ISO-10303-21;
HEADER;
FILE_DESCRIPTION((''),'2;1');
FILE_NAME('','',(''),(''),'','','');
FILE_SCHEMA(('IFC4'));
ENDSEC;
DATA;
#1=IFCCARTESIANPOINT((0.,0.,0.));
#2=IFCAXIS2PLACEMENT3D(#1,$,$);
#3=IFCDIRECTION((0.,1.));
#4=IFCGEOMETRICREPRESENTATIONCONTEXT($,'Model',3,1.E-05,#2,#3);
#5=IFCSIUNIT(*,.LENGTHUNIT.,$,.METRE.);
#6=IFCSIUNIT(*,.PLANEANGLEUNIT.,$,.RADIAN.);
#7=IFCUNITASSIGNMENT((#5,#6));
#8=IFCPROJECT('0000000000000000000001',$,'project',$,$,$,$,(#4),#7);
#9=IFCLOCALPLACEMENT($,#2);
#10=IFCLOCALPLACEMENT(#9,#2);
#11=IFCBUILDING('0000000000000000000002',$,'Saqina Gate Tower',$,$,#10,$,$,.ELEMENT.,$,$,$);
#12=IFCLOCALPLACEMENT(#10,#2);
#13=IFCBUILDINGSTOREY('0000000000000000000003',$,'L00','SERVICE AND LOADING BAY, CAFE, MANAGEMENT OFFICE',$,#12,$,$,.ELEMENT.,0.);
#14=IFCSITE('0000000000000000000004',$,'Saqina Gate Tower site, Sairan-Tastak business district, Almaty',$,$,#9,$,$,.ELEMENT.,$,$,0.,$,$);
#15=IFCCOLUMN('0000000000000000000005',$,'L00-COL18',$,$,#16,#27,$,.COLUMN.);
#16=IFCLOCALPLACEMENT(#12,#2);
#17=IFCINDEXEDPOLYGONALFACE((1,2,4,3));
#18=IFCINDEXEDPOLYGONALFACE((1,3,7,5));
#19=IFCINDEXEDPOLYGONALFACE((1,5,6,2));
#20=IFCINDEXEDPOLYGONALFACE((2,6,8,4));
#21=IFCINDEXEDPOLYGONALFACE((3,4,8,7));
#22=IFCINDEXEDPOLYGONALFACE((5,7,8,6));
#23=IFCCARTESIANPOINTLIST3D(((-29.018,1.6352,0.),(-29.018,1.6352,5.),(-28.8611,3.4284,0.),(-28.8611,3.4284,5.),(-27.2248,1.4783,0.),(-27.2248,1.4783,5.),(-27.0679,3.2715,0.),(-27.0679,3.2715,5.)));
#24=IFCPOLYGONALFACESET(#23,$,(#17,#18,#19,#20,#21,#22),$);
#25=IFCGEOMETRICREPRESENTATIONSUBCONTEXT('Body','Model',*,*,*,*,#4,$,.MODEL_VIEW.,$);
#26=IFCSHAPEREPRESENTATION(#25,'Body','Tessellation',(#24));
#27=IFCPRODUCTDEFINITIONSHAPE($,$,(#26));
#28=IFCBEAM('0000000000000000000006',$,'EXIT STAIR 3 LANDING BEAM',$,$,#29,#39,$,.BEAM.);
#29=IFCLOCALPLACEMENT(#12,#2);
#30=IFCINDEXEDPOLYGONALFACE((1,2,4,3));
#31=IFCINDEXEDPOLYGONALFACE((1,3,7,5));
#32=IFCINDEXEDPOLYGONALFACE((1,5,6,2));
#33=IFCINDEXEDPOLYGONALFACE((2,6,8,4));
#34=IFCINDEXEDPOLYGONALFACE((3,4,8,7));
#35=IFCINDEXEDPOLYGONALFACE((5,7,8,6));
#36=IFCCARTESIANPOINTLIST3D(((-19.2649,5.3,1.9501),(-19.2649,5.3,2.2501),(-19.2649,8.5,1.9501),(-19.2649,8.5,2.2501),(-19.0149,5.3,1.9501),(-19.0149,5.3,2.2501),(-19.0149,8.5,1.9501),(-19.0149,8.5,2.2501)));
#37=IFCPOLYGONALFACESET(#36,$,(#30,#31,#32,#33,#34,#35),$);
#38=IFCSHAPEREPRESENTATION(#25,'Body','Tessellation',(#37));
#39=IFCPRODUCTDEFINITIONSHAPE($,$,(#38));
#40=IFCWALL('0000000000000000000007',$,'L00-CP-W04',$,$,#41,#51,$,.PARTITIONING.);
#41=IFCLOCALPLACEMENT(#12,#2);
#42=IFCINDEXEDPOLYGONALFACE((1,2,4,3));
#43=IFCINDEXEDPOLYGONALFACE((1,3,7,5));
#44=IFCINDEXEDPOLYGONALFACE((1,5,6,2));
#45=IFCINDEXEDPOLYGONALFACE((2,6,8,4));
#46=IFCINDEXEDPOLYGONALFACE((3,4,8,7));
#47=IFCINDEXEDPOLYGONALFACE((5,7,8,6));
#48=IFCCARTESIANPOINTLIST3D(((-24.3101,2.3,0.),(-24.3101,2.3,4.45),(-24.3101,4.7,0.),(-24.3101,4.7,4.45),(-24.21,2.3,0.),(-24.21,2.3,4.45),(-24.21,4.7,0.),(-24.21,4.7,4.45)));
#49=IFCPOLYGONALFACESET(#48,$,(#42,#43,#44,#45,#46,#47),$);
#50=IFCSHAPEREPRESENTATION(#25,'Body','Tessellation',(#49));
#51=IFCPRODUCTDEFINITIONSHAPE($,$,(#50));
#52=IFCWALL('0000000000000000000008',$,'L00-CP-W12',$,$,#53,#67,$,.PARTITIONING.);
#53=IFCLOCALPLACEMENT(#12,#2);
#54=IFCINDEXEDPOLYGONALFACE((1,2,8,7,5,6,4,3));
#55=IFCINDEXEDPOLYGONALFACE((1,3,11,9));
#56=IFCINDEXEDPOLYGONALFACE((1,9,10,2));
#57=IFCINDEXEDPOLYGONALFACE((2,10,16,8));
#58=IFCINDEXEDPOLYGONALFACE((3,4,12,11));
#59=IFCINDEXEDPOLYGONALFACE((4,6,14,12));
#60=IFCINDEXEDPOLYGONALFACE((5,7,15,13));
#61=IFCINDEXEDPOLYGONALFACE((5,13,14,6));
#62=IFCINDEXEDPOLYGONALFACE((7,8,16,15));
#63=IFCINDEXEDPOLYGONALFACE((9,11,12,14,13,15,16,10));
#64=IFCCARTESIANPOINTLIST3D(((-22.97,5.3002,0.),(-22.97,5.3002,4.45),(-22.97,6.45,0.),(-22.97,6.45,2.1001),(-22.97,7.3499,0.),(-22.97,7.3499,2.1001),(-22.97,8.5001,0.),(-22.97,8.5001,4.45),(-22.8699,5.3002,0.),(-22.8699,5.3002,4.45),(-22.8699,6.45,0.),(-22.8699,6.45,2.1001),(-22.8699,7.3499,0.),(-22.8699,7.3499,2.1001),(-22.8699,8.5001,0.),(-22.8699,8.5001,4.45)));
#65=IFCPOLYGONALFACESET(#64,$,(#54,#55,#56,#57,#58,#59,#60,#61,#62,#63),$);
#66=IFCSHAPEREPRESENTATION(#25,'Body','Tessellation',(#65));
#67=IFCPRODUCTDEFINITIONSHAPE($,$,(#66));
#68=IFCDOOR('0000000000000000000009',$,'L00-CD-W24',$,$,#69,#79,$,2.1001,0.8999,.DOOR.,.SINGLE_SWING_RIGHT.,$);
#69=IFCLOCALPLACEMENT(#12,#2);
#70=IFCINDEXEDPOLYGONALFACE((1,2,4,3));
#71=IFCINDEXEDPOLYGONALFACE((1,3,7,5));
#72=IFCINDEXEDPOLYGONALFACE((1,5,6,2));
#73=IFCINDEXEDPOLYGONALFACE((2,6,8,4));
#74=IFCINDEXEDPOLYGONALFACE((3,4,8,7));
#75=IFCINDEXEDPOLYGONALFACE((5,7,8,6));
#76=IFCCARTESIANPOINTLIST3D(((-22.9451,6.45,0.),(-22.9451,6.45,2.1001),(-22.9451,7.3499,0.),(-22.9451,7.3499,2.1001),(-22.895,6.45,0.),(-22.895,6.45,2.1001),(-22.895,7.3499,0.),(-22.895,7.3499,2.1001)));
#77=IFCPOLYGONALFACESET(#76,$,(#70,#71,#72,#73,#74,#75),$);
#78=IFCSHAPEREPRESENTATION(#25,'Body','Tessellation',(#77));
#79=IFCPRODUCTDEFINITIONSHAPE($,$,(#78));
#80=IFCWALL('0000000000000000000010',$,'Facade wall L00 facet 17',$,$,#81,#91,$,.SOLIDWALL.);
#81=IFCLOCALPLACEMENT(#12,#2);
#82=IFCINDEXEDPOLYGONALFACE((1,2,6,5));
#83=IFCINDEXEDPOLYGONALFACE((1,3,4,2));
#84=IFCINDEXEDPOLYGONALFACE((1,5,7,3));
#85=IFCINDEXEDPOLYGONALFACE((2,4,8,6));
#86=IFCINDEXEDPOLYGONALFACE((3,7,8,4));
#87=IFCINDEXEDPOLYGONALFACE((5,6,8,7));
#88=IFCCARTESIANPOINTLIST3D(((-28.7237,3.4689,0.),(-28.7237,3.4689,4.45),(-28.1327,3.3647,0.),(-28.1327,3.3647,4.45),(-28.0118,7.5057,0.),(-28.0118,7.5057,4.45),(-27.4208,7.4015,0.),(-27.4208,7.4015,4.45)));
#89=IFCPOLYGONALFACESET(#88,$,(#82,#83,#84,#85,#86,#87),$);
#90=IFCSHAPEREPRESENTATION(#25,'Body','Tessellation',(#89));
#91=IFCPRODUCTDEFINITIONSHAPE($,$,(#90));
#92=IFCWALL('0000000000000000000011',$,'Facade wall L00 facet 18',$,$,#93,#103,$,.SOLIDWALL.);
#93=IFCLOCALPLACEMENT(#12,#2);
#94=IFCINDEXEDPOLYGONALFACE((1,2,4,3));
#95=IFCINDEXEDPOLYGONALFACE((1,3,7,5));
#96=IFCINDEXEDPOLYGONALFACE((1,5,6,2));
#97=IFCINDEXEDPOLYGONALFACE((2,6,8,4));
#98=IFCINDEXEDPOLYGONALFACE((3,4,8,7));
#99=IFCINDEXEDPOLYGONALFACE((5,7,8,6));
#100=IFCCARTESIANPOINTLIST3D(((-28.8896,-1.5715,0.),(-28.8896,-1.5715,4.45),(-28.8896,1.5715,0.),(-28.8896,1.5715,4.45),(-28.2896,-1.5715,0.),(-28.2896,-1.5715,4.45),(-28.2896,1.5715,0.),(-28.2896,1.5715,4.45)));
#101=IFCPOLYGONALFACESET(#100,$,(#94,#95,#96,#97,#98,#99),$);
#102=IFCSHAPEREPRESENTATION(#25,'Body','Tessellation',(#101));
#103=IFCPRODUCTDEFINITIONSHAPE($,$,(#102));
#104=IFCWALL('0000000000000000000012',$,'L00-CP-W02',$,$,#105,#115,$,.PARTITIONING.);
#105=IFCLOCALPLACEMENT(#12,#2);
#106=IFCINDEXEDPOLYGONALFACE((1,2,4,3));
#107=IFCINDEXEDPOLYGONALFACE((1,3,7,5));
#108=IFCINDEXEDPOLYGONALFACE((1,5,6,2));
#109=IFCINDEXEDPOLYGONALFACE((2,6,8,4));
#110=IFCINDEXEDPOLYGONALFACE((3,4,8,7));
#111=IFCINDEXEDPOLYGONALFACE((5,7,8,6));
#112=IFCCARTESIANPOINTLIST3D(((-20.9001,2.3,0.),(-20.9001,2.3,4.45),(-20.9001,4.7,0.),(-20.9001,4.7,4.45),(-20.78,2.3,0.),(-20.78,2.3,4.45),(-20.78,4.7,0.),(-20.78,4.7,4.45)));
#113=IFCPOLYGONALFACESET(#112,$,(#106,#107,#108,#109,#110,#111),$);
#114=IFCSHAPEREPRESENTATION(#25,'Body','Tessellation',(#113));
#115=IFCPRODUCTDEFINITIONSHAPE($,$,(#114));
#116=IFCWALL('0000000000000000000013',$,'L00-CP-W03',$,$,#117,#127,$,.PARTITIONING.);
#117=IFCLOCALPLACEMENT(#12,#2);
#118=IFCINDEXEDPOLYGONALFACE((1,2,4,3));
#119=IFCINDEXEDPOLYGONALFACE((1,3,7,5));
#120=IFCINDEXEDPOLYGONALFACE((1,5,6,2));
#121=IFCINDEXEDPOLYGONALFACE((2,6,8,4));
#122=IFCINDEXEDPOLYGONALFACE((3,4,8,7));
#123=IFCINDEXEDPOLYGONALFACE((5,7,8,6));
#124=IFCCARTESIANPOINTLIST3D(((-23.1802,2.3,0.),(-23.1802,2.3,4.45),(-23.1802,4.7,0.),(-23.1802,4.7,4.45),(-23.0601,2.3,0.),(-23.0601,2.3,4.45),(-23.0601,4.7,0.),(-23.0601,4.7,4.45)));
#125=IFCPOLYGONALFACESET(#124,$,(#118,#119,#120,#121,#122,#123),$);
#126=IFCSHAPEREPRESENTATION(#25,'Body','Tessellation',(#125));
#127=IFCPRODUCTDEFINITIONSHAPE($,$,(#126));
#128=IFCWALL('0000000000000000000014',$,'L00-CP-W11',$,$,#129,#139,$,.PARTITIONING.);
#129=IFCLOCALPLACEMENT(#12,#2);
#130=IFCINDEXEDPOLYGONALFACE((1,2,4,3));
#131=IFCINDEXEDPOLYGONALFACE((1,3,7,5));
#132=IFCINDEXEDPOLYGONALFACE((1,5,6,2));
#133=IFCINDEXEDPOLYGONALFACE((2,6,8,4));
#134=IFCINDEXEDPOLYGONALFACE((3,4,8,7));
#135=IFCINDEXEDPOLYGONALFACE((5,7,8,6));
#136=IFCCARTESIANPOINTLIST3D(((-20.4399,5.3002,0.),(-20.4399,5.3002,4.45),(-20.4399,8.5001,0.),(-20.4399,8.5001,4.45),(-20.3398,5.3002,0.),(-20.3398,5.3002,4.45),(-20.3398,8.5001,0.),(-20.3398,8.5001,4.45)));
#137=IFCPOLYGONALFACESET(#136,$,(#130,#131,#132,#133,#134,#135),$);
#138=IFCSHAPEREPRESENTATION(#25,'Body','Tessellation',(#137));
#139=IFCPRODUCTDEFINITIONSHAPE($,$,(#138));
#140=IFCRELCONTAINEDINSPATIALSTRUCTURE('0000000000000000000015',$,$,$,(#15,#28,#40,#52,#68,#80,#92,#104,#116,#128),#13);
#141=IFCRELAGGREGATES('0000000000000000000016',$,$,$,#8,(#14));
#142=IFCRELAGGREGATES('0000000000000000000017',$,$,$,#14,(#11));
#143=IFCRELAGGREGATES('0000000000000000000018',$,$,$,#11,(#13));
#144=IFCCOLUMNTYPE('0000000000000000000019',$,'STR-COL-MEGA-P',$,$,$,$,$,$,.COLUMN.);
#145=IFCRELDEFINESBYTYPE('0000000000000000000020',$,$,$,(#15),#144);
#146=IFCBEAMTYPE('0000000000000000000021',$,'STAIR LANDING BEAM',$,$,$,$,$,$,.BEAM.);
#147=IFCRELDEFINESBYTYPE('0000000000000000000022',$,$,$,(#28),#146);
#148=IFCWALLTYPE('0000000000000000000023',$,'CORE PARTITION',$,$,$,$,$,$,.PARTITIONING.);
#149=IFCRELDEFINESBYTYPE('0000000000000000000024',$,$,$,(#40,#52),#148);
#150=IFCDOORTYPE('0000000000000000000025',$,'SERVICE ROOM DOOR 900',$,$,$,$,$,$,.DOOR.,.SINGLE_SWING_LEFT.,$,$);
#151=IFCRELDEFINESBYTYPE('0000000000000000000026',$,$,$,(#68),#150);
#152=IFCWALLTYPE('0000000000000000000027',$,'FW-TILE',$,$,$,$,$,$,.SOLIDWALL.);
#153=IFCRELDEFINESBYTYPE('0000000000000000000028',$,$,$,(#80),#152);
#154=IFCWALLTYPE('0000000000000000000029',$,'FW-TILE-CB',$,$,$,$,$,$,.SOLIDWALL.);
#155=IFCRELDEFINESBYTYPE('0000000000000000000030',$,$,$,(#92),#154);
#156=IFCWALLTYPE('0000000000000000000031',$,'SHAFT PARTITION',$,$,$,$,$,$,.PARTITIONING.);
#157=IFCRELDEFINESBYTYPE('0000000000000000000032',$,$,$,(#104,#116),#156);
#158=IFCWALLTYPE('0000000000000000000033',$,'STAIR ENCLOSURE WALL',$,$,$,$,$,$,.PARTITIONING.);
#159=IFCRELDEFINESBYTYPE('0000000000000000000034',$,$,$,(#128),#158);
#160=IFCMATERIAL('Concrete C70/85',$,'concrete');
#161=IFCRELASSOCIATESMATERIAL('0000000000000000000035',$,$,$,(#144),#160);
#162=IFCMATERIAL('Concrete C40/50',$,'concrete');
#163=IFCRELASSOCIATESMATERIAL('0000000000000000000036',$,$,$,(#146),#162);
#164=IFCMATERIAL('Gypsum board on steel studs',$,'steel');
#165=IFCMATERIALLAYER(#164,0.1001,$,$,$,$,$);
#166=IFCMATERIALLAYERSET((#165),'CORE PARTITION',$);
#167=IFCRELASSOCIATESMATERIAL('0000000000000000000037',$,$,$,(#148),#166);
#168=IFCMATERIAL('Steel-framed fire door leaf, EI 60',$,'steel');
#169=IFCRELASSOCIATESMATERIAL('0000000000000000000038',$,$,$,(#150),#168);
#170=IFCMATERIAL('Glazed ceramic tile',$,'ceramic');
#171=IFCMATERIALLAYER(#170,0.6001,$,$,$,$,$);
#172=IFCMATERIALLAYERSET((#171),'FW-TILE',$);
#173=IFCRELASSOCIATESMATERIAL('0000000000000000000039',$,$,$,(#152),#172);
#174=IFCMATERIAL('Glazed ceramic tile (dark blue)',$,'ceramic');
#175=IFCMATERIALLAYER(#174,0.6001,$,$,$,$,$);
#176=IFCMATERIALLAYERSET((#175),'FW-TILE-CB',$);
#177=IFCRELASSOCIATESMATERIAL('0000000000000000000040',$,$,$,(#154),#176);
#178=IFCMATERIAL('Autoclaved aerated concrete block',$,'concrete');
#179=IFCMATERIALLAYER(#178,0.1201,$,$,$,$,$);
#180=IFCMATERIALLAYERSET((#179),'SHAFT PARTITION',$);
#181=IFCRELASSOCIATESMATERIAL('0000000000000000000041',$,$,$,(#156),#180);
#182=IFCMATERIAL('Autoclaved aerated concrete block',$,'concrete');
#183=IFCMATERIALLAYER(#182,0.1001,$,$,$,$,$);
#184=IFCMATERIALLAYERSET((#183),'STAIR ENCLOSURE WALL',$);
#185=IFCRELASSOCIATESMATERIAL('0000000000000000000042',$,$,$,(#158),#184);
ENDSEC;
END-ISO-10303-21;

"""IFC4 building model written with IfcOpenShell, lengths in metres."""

from ifc_helpers import new_model, si_unit, direction, frame, frame_2d, origin, origin_2d, place, context, subcontext, project, spatial, rectangle, extrude, material, layer, layer_set, material_profile, profile_set, type_object, element, fill, save


model = new_model("IFC4")

# Units and contexts
model_context = context("Model", 3, precision=1e-05, world=origin(), true_north=direction((0.0, 1.0)))
body_context = subcontext(model_context, "Body", "Model", "MODEL_VIEW")
ifc_project = project(units=[si_unit("LENGTHUNIT", "METRE"), si_unit("PLANEANGLEUNIT", "RADIAN")], contexts=[model_context])

# Site, building, storey
site_placement = place(None, origin())
site = spatial("IfcSite", under=ifc_project, at=site_placement, Name="Saqina Gate Tower site, Sairan-Tastak business district, Almaty", CompositionType="ELEMENT", RefElevation=0.0)
building_placement = place(site_placement, origin())
building = spatial("IfcBuilding", under=site, at=building_placement, Name="Saqina Gate Tower", CompositionType="ELEMENT")
storey_placement = place(building_placement, origin())
storey = spatial("IfcBuildingStorey", under=building, at=storey_placement, Name="L00", Description="SERVICE AND LOADING BAY, CAFE, MANAGEMENT OFFICE", CompositionType="ELEMENT", Elevation=0.0)

# Column
ifc_material_1 = material(Name="Concrete C70/85", Category="concrete")
ifc_material_profile_1 = material_profile(ifc_material_1, rectangle(XDim=1.8, YDim=1.8, at=origin_2d()), Name="RC 1800x1800")
ifc_profile_set_1 = profile_set([ifc_material_profile_1], Name="Concrete C70/85")
column_type = type_object("IfcColumnType", Name="STR-COL-MEGA-P", PredefinedType="COLUMN", material=ifc_profile_set_1)
column_placement = place(storey_placement, frame((-28.043, 2.4534, 0.0), z_axis=(0.0, 0.0, 1.0), x_axis=(-0.996195, 0.087156, 0.0)))
element("IfcColumn", 1, at=column_placement, inside=storey, type_object=column_type, Name="L00-COL18", PredefinedType="COLUMN", context=body_context, shape_type="SweptSolid", body=[
    extrude(rectangle(XDim=1.8, YDim=1.8, at=origin_2d()), origin(), (0.0, 0.0, 1.0), 5.0),
])

# Beam
ifc_material_2 = material(Name="Concrete C40/50", Category="concrete")
ifc_material_profile_2 = material_profile(ifc_material_2, rectangle(XDim=0.25, YDim=0.3, at=origin_2d()), Name="STAIR LANDING BEAM")
ifc_profile_set_2 = profile_set([ifc_material_profile_2], Name="Concrete C40/50")
beam_type = type_object("IfcBeamType", Name="STAIR LANDING BEAM", PredefinedType="BEAM", material=ifc_profile_set_2)
beam_placement = place(storey_placement, frame((-19.1399, 5.3, 2.1001), z_axis=(0.0, 1.0, 0.0), x_axis=(-1.0, 0.0, 0.0)))
element("IfcBeam", 2, at=beam_placement, inside=storey, type_object=beam_type, Name="EXIT STAIR 3 LANDING BEAM", PredefinedType="BEAM", context=body_context, shape_type="SweptSolid", body=[
    extrude(rectangle(XDim=0.25, YDim=0.3, at=origin_2d()), origin(), (0.0, 0.0, 1.0), 3.2),
])

# Wall
ifc_material_3 = material(Name="Gypsum board on steel studs", Category="steel")
ifc_layer_1 = layer(ifc_material_3, 0.1001)
ifc_layer_set_1 = layer_set([ifc_layer_1], Name="CORE PARTITION")
wall_type_1 = type_object("IfcWallType", Name="CORE PARTITION", PredefinedType="PARTITIONING", material=ifc_layer_set_1)
wall_1_placement = place(storey_placement, frame((-24.26, 2.3, 0.0), z_axis=(0.0, 0.0, 1.0), x_axis=(0.0, 1.0, 0.0)))
element("IfcWall", 3, at=wall_1_placement, inside=storey, type_object=wall_type_1, Name="L00-CP-W04", PredefinedType="PARTITIONING", context=body_context, shape_type="SweptSolid", body=[
    extrude(rectangle(XDim=2.3999, YDim=0.1001, at=frame_2d((1.2, 0.0))), origin(), (0.0, 0.0, 1.0), 4.45),
])

# Wall, opening, door
wall_2_placement = place(storey_placement, frame((-22.9199, 5.3, 0.0), z_axis=(0.0, 0.0, 1.0), x_axis=(0.0, 1.0, 0.0)))
wall_2 = element("IfcWall", 4, at=wall_2_placement, inside=storey, type_object=wall_type_1, Name="L00-CP-W12", PredefinedType="PARTITIONING", context=body_context, shape_type="SweptSolid", body=[
    extrude(rectangle(XDim=3.2, YDim=0.1001, at=frame_2d((1.6001, 0.0))), origin(), (0.0, 0.0, 1.0), 4.45),
])
opening_placement = place(wall_2_placement, frame((1.1499, 0.0, 0.0)))
opening = element("IfcOpeningElement", 5, at=opening_placement, cuts=wall_2, PredefinedType="OPENING", context=body_context, shape_type="SweptSolid", body=[
    extrude(rectangle(XDim=0.8999, YDim=2.1001, at=frame_2d((0.45, 1.05))), frame((0.0, 0.062, 0.0), z_axis=(0.0, -1.0, 0.0), x_axis=(1.0, 0.0, 0.0)), (0.0, 0.0, 1.0), 0.124),
])
ifc_material_4 = material(Name="Steel-framed fire door leaf, EI 60", Category="steel")
door_type = type_object("IfcDoorType", Name="SERVICE ROOM DOOR 900", OperationType="SINGLE_SWING_LEFT", PredefinedType="DOOR", material=ifc_material_4)
door_placement = place(opening_placement, frame((0.8999, 0.0, 0.0), z_axis=(0.0, 0.0, 1.0), x_axis=(-1.0, 0.0, 0.0)))
door = element("IfcDoor", 6, at=door_placement, inside=storey, type_object=door_type, Name="L00-CD-W24", OperationType="SINGLE_SWING_RIGHT", OverallHeight=2.1001, OverallWidth=0.8999, PredefinedType="DOOR", context=body_context, shape_type="SweptSolid", body=[
    extrude(rectangle(XDim=0.8999, YDim=2.1001, at=frame_2d((0.45, 1.05))), frame((0.0, 0.0249, 0.0), z_axis=(0.0, -1.0, 0.0), x_axis=(1.0, 0.0, 0.0)), (0.0, 0.0, 1.0), 0.05),
])
fill(opening, door)

# Walls
ifc_material_5 = material(Name="Glazed ceramic tile", Category="ceramic")
ifc_layer_2 = layer(ifc_material_5, 0.6001)
ifc_layer_set_2 = layer_set([ifc_layer_2], Name="FW-TILE")
wall_type_2 = type_object("IfcWallType", Name="FW-TILE", PredefinedType="SOLIDWALL", material=ifc_layer_set_2)
wall_3_placement = place(storey_placement, frame((-27.7163, 7.4536, 0.0), z_axis=(0.0, 0.0, 1.0), x_axis=(-0.173673, -0.984803, 0.0)))
element("IfcWall", 7, at=wall_3_placement, inside=storey, type_object=wall_type_2, Name="Facade wall L00 facet 17", PredefinedType="SOLIDWALL", context=body_context, shape_type="SweptSolid", body=[
    extrude(rectangle(XDim=4.0991, YDim=0.6001, at=frame_2d((2.0496, 0.0))), origin(), (0.0, 0.0, 1.0), 4.45),
])
ifc_material_6 = material(Name="Glazed ceramic tile (dark blue)", Category="ceramic")
ifc_layer_3 = layer(ifc_material_6, 0.6001)
ifc_layer_set_3 = layer_set([ifc_layer_3], Name="FW-TILE-CB")
wall_type_3 = type_object("IfcWallType", Name="FW-TILE-CB", PredefinedType="SOLIDWALL", material=ifc_layer_set_3)
wall_4_placement = place(storey_placement, frame((-28.5896, 1.5715, 0.0), z_axis=(0.0, 0.0, 1.0), x_axis=(0.0, -1.0, 0.0)))
element("IfcWall", 8, at=wall_4_placement, inside=storey, type_object=wall_type_3, Name="Facade wall L00 facet 18", PredefinedType="SOLIDWALL", context=body_context, shape_type="SweptSolid", body=[
    extrude(rectangle(XDim=3.1431, YDim=0.6001, at=frame_2d((1.5715, 0.0))), origin(), (0.0, 0.0, 1.0), 4.45),
])
ifc_material_7 = material(Name="Autoclaved aerated concrete block", Category="concrete")
ifc_layer_4 = layer(ifc_material_7, 0.1201)
ifc_layer_set_4 = layer_set([ifc_layer_4], Name="SHAFT PARTITION")
wall_type_4 = type_object("IfcWallType", Name="SHAFT PARTITION", PredefinedType="PARTITIONING", material=ifc_layer_set_4)
for number, where, z_axis, x_axis, name in (
    (9, (-20.8401, 2.3, 0.0), (0.0, 0.0, 1.0), (0.0, 1.0, 0.0), "L00-CP-W02"),
    (10, (-23.1201, 2.3, 0.0), (0.0, 0.0, 1.0), (0.0, 1.0, 0.0), "L00-CP-W03"),
):
    element("IfcWall", number, at=place(storey_placement, frame(where, z_axis=z_axis, x_axis=x_axis)), inside=storey, type_object=wall_type_4, Name=name, PredefinedType="PARTITIONING", context=body_context, shape_type="SweptSolid", body=[
        extrude(rectangle(XDim=2.3999, YDim=0.1201, at=frame_2d((1.2, 0.0))), origin(), (0.0, 0.0, 1.0), 4.45),
    ])
ifc_material_8 = material(Name="Autoclaved aerated concrete block", Category="concrete")
ifc_layer_5 = layer(ifc_material_8, 0.1001)
ifc_layer_set_5 = layer_set([ifc_layer_5], Name="STAIR ENCLOSURE WALL")
wall_type_5 = type_object("IfcWallType", Name="STAIR ENCLOSURE WALL", PredefinedType="PARTITIONING", material=ifc_layer_set_5)
wall_5_placement = place(storey_placement, frame((-20.3899, 5.3, 0.0), z_axis=(0.0, 0.0, 1.0), x_axis=(0.0, 1.0, 0.0)))
element("IfcWall", 11, at=wall_5_placement, inside=storey, type_object=wall_type_5, Name="L00-CP-W11", PredefinedType="PARTITIONING", context=body_context, shape_type="SweptSolid", body=[
    extrude(rectangle(XDim=3.2, YDim=0.1001, at=frame_2d((1.6001, 0.0))), origin(), (0.0, 0.0, 1.0), 4.45),
])

save(model, "model.ifc")
